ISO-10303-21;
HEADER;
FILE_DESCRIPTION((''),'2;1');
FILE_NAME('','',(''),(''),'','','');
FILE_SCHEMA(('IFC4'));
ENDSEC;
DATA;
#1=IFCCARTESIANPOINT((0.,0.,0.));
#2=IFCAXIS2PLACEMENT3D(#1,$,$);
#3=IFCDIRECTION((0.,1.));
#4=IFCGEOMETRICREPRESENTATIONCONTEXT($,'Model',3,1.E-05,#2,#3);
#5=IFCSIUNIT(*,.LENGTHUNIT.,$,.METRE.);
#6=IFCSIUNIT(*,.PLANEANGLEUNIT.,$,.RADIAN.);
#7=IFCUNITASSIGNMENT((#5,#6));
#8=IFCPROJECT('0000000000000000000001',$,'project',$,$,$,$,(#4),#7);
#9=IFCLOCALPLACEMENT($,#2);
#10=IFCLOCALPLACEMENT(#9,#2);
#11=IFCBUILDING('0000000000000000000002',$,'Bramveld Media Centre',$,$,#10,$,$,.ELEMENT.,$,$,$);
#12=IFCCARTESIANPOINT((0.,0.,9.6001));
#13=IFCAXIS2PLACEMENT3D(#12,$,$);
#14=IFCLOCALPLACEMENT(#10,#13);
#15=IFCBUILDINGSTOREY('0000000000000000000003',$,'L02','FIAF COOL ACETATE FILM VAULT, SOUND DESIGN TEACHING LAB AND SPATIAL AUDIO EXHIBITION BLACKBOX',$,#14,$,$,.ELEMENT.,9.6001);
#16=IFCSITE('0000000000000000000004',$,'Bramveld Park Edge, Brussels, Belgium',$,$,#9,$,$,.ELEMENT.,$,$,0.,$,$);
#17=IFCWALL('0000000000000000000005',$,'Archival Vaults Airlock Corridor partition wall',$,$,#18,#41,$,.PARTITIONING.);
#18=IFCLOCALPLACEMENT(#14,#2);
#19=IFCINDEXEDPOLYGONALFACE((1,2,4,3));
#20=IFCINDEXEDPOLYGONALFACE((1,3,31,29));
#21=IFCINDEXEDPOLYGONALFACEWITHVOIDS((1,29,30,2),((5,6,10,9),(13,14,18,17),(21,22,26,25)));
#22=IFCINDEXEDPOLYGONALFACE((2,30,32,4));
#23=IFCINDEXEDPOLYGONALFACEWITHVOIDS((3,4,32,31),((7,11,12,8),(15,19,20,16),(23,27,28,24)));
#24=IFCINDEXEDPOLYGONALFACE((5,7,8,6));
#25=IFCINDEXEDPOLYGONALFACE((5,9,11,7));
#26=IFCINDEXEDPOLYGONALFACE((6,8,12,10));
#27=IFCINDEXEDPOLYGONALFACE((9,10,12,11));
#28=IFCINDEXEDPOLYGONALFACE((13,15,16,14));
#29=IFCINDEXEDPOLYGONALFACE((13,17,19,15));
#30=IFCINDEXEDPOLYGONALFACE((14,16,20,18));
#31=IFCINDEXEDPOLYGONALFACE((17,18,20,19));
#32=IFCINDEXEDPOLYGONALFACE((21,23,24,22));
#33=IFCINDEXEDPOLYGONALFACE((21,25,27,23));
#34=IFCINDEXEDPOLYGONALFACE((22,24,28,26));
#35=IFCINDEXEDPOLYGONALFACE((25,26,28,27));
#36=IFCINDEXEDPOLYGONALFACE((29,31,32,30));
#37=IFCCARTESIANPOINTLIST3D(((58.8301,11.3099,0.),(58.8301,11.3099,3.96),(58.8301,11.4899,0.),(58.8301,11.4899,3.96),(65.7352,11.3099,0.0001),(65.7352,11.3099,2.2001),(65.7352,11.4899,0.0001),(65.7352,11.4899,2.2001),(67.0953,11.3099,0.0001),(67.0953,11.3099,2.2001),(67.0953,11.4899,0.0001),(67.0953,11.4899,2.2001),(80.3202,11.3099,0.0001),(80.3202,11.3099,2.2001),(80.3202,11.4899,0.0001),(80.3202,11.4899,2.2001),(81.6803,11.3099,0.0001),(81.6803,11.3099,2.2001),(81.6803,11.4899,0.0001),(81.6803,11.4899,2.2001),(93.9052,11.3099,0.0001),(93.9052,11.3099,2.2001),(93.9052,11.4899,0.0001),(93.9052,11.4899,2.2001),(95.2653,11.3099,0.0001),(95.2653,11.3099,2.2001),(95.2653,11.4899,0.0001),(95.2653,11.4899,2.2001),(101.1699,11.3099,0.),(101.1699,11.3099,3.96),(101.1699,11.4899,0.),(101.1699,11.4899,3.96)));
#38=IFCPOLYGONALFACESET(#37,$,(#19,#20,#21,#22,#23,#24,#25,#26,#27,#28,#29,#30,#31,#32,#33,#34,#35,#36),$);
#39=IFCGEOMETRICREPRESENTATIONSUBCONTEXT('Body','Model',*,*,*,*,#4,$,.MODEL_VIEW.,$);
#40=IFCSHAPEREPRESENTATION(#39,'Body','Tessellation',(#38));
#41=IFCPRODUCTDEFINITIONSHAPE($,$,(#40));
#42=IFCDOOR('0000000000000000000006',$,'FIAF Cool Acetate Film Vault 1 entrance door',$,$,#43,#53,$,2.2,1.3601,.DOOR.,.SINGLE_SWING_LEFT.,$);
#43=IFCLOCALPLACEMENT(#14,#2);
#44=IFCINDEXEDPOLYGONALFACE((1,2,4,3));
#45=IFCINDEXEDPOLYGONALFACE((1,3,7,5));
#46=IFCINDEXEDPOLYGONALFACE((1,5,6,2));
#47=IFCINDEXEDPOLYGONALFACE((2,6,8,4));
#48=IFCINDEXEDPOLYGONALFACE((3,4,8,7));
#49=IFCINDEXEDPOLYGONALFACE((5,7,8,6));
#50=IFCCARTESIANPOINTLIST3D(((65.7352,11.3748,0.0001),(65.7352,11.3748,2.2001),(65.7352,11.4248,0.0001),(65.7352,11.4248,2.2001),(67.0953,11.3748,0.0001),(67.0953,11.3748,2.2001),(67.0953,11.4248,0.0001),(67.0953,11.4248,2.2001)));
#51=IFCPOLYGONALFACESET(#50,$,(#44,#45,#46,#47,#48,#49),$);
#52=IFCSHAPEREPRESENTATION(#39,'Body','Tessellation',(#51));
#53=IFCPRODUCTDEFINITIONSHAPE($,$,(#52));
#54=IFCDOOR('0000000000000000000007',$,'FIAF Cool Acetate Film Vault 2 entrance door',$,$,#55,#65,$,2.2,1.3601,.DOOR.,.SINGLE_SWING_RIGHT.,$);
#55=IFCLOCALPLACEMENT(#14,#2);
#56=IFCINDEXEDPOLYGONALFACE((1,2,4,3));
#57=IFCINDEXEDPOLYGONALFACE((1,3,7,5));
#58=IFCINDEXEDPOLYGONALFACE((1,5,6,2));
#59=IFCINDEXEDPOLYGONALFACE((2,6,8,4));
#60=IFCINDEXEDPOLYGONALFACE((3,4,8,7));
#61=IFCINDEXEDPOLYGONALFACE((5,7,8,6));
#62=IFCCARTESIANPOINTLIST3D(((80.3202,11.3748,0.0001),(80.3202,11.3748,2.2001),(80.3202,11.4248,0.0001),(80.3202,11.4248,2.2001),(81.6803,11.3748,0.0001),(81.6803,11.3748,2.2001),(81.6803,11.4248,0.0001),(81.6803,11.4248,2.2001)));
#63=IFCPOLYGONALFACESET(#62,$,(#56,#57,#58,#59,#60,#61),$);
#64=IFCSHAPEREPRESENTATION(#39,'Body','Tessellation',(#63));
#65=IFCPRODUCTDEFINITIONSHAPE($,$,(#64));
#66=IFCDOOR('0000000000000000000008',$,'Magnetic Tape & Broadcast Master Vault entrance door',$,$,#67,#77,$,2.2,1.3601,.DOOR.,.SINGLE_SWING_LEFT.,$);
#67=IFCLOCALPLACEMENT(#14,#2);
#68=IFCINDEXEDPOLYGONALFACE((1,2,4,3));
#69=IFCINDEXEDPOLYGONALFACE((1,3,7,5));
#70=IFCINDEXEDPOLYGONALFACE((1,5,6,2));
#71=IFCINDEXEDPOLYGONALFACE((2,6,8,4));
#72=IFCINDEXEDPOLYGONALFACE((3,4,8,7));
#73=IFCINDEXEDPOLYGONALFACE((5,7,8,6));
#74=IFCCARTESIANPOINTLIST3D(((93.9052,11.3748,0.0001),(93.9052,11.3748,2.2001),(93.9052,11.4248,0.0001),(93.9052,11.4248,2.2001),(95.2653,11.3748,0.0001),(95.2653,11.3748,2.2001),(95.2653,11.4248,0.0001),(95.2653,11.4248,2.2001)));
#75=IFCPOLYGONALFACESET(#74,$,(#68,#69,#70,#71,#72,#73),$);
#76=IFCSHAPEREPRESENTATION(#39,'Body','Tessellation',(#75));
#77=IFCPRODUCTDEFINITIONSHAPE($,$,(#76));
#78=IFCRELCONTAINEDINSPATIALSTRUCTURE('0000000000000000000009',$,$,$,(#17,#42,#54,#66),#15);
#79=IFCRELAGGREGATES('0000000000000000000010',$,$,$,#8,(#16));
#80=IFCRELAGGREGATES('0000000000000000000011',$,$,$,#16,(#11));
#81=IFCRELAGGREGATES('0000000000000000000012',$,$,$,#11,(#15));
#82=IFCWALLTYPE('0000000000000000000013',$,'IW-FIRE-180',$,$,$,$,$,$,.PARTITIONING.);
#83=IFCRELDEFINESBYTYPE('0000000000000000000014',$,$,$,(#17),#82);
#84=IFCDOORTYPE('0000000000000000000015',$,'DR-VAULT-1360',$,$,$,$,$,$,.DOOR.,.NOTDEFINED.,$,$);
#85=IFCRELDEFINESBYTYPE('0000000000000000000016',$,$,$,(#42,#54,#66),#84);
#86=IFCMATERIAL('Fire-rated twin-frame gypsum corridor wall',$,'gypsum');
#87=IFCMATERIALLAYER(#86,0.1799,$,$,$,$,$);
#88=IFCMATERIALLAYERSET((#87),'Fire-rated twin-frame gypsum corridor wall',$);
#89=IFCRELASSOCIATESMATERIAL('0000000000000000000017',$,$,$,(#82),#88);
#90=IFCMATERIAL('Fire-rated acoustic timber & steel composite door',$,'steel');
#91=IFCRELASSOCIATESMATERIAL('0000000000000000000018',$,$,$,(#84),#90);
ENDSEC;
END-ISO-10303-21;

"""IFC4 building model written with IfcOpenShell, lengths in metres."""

from ifc_helpers import new_model, si_unit, direction, frame, frame_2d, origin, place, context, subcontext, project, spatial, rectangle, extrude, material, layer, layer_set, type_object, element, fill, save


model = new_model("IFC4")

# Units and contexts
model_context = context("Model", 3, precision=1e-05, world=origin(), true_north=direction((0.0, 1.0)))
body_context = subcontext(model_context, "Body", "Model", "MODEL_VIEW")
ifc_project = project(units=[si_unit("LENGTHUNIT", "METRE"), si_unit("PLANEANGLEUNIT", "RADIAN")], contexts=[model_context])

# Site, building, storey
site_placement = place(None, origin())
site = spatial("IfcSite", under=ifc_project, at=site_placement, Name="Bramveld Park Edge, Brussels, Belgium", CompositionType="ELEMENT", RefElevation=0.0)
building_placement = place(site_placement, origin())
building = spatial("IfcBuilding", under=site, at=building_placement, Name="Bramveld Media Centre", CompositionType="ELEMENT")
storey_placement = place(building_placement, frame((0.0, 0.0, 9.6001)))
storey = spatial("IfcBuildingStorey", under=building, at=storey_placement, Name="L02", Description="FIAF COOL ACETATE FILM VAULT, SOUND DESIGN TEACHING LAB AND SPATIAL AUDIO EXHIBITION BLACKBOX", CompositionType="ELEMENT", Elevation=9.6001)

# Wall, openings, doors
ifc_material_1 = material(Name="Fire-rated twin-frame gypsum corridor wall", Category="gypsum")
ifc_layer_1 = layer(ifc_material_1, 0.1799)
ifc_layer_set_1 = layer_set([ifc_layer_1], Name="Fire-rated twin-frame gypsum corridor wall")
wall_type_1 = type_object("IfcWallType", Name="IW-FIRE-180", PredefinedType="PARTITIONING", material=ifc_layer_set_1)
wall_1_placement = place(storey_placement, frame((58.8301, 11.3999, 0.0), z_axis=(0.0, 0.0, 1.0), x_axis=(1.0, 0.0, 0.0)))
wall_1 = element("IfcWall", 1, at=wall_1_placement, inside=storey, type_object=wall_type_1, Name="Archival Vaults Airlock Corridor partition wall", PredefinedType="PARTITIONING", context=body_context, shape_type="SweptSolid", body=[
    extrude(rectangle(XDim=42.3398, YDim=0.1799, at=frame_2d((21.1699, 0.0))), origin(), (0.0, 0.0, 1.0), 3.96),
])
opening_1_placement = place(wall_1_placement, frame((6.905, 0.0, 0.0)))
opening_1 = element("IfcOpeningElement", 2, at=opening_1_placement, cuts=wall_1, PredefinedType="OPENING", context=body_context, shape_type="SweptSolid", body=[
    extrude(rectangle(XDim=1.3601, YDim=2.2, at=frame_2d((0.6802, 1.1001))), frame((0.0, 0.1021, 0.0), z_axis=(0.0, -1.0, 0.0), x_axis=(1.0, 0.0, 0.0)), (0.0, 0.0, 1.0), 0.2039),
])
opening_2_placement = place(wall_1_placement, frame((21.49, 0.0, 0.0)))
opening_2 = element("IfcOpeningElement", 3, at=opening_2_placement, cuts=wall_1, PredefinedType="OPENING", context=body_context, shape_type="SweptSolid", body=[
    extrude(rectangle(XDim=1.3601, YDim=2.2, at=frame_2d((0.6802, 1.1001))), frame((0.0, 0.1021, 0.0), z_axis=(0.0, -1.0, 0.0), x_axis=(1.0, 0.0, 0.0)), (0.0, 0.0, 1.0), 0.2039),
])
opening_3_placement = place(wall_1_placement, frame((35.075, 0.0, 0.0)))
opening_3 = element("IfcOpeningElement", 4, at=opening_3_placement, cuts=wall_1, PredefinedType="OPENING", context=body_context, shape_type="SweptSolid", body=[
    extrude(rectangle(XDim=1.3601, YDim=2.2, at=frame_2d((0.6802, 1.1001))), frame((0.0, 0.1021, 0.0), z_axis=(0.0, -1.0, 0.0), x_axis=(1.0, 0.0, 0.0)), (0.0, 0.0, 1.0), 0.2039),
])
ifc_material_2 = material(Name="Fire-rated acoustic timber & steel composite door", Category="steel")
door_type = type_object("IfcDoorType", Name="DR-VAULT-1360", OperationType="NOTDEFINED", PredefinedType="DOOR", material=ifc_material_2)
door_1_placement = place(opening_1_placement, origin())
door_1 = element("IfcDoor", 5, at=door_1_placement, inside=storey, type_object=door_type, Name="FIAF Cool Acetate Film Vault 1 entrance door", OperationType="SINGLE_SWING_LEFT", OverallHeight=2.2, OverallWidth=1.3601, PredefinedType="DOOR", context=body_context, shape_type="SweptSolid", body=[
    extrude(rectangle(XDim=1.3601, YDim=2.2, at=frame_2d((0.6802, 1.1001))), frame((0.0, 0.0249, 0.0), z_axis=(0.0, -1.0, 0.0), x_axis=(1.0, 0.0, 0.0)), (0.0, 0.0, 1.0), 0.05),
])
fill(opening_1, door_1)
door_2_placement = place(opening_2_placement, origin())
door_2 = element("IfcDoor", 6, at=door_2_placement, inside=storey, type_object=door_type, Name="FIAF Cool Acetate Film Vault 2 entrance door", OperationType="SINGLE_SWING_RIGHT", OverallHeight=2.2, OverallWidth=1.3601, PredefinedType="DOOR", context=body_context, shape_type="SweptSolid", body=[
    extrude(rectangle(XDim=1.3601, YDim=2.2, at=frame_2d((0.6802, 1.1001))), frame((0.0, 0.0249, 0.0), z_axis=(0.0, -1.0, 0.0), x_axis=(1.0, 0.0, 0.0)), (0.0, 0.0, 1.0), 0.05),
])
fill(opening_2, door_2)
door_3_placement = place(opening_3_placement, origin())
door_3 = element("IfcDoor", 7, at=door_3_placement, inside=storey, type_object=door_type, Name="Magnetic Tape & Broadcast Master Vault entrance door", OperationType="SINGLE_SWING_LEFT", OverallHeight=2.2, OverallWidth=1.3601, PredefinedType="DOOR", context=body_context, shape_type="SweptSolid", body=[
    extrude(rectangle(XDim=1.3601, YDim=2.2, at=frame_2d((0.6802, 1.1001))), frame((0.0, 0.0249, 0.0), z_axis=(0.0, -1.0, 0.0), x_axis=(1.0, 0.0, 0.0)), (0.0, 0.0, 1.0), 0.05),
])
fill(opening_3, door_3)

save(model, "model.ifc")
